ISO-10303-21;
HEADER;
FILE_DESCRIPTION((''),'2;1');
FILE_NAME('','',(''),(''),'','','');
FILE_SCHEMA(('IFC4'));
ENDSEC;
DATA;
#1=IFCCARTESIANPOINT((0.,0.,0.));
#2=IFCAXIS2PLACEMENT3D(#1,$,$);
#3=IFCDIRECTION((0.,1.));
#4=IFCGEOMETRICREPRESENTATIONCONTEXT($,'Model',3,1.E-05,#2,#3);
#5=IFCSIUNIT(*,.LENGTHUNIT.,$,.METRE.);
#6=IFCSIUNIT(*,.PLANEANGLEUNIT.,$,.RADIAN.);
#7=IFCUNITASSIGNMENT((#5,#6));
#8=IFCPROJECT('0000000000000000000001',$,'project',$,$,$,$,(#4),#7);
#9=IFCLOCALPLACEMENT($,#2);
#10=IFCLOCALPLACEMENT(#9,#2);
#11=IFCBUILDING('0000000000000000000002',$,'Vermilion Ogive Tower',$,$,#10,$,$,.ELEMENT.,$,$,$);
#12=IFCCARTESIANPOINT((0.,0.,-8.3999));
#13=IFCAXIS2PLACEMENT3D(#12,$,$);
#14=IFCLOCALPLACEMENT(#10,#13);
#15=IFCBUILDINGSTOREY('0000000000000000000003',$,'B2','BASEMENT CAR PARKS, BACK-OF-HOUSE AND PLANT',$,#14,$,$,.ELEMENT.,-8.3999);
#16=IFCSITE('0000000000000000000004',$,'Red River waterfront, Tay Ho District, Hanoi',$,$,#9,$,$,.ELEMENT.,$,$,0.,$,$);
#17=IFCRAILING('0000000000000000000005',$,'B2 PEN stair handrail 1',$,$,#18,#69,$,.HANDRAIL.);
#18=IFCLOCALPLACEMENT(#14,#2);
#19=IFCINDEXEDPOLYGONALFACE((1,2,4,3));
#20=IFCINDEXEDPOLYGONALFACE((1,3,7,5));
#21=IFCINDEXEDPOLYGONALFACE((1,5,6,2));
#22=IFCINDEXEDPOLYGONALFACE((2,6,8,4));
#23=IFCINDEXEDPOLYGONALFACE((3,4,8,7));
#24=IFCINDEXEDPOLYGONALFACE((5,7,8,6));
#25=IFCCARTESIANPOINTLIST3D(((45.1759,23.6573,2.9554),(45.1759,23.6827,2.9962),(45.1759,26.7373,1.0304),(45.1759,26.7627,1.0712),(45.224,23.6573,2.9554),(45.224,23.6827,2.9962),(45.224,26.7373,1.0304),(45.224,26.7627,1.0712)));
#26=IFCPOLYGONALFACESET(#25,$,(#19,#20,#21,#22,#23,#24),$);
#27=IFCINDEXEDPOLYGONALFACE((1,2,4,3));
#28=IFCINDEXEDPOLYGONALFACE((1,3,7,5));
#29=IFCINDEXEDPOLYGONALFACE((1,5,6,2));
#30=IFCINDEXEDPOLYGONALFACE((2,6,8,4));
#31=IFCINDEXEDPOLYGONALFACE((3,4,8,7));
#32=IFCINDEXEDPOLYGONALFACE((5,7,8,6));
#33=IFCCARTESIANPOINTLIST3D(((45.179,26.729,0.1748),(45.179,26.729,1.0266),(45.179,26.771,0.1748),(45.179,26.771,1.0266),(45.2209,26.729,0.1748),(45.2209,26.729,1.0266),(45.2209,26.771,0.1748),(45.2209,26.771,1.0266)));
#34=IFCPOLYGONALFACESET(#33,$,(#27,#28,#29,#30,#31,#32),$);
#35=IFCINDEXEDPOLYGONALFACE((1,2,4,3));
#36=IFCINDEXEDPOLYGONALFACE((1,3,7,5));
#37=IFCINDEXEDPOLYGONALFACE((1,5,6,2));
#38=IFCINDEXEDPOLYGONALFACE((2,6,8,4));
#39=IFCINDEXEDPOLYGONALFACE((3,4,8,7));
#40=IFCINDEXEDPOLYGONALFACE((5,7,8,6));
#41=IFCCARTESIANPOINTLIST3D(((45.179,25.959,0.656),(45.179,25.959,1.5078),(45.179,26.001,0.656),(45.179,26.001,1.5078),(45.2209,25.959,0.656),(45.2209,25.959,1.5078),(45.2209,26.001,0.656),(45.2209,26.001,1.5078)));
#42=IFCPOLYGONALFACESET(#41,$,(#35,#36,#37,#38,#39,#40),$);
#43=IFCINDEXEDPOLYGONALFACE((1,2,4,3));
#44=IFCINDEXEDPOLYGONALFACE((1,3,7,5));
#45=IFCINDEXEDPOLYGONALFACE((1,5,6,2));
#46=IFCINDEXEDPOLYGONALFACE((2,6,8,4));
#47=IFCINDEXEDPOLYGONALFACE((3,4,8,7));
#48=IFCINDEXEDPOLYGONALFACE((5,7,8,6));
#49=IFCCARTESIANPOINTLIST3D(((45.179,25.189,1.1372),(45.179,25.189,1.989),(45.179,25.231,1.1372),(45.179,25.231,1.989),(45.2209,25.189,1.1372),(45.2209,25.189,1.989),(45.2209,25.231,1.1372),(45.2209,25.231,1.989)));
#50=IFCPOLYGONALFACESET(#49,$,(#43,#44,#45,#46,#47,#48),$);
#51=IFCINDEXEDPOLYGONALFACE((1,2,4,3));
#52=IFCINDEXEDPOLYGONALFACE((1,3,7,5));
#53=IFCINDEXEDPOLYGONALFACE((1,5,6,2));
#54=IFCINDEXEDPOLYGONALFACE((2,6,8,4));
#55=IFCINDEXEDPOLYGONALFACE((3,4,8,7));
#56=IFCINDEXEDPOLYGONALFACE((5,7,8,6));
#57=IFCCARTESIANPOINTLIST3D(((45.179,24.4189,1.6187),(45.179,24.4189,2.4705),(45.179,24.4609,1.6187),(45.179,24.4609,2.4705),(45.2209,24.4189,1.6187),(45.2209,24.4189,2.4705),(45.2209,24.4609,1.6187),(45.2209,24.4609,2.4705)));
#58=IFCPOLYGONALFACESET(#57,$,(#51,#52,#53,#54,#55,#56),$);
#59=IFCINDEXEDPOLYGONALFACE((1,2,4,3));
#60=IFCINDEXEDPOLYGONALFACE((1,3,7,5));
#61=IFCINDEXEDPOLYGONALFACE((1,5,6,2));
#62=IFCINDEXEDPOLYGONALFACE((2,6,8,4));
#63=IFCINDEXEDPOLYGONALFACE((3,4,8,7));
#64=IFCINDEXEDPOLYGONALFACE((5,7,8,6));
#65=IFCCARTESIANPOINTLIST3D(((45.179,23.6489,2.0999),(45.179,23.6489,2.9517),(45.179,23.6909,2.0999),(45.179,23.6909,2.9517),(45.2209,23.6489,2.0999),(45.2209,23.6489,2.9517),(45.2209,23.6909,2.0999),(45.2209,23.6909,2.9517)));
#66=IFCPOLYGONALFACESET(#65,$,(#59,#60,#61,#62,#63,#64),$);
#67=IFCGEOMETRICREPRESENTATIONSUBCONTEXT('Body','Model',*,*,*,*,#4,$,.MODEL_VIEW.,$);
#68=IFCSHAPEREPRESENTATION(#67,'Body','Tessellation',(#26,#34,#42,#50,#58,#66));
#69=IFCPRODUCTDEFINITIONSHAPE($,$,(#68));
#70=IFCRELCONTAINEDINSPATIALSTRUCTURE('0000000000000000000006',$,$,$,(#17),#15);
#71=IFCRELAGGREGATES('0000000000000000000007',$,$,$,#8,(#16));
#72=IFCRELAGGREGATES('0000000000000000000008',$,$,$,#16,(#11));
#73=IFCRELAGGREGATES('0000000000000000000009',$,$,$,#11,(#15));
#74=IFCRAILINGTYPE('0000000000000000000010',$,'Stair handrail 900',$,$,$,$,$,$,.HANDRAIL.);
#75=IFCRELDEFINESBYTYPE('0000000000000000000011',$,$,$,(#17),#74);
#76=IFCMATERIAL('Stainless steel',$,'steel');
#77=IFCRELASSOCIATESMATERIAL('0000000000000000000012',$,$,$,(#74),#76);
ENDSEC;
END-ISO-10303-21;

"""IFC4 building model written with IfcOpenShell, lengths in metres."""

from ifc_helpers import new_model, si_unit, direction, frame, origin, origin_2d, place, context, subcontext, project, spatial, rectangle, extrude, material, type_object, element, save


model = new_model("IFC4")

# Units and contexts
model_context = context("Model", 3, precision=1e-05, world=origin(), true_north=direction((0.0, 1.0)))
body_context = subcontext(model_context, "Body", "Model", "MODEL_VIEW")
ifc_project = project(units=[si_unit("LENGTHUNIT", "METRE"), si_unit("PLANEANGLEUNIT", "RADIAN")], contexts=[model_context])

# Site, building, storey
site_placement = place(None, origin())
site = spatial("IfcSite", under=ifc_project, at=site_placement, Name="Red River waterfront, Tay Ho District, Hanoi", CompositionType="ELEMENT", RefElevation=0.0)
building_placement = place(site_placement, origin())
building = spatial("IfcBuilding", under=site, at=building_placement, Name="Vermilion Ogive Tower", CompositionType="ELEMENT")
storey_placement = place(building_placement, frame((0.0, 0.0, -8.3999)))
storey = spatial("IfcBuildingStorey", under=building, at=storey_placement, Name="B2", Description="BASEMENT CAR PARKS, BACK-OF-HOUSE AND PLANT", CompositionType="ELEMENT", Elevation=-8.3999)

# Railing
ifc_material_1 = material(Name="Stainless steel", Category="steel")
railing_type_1 = type_object("IfcRailingType", Name="Stair handrail 900", PredefinedType="HANDRAIL", material=ifc_material_1)
railing_1_placement = place(storey_placement, frame((45.2, 26.75, 0.1748)))
element("IfcRailing", 1, at=railing_1_placement, inside=storey, type_object=railing_type_1, Name="B2 PEN stair handrail 1", PredefinedType="HANDRAIL", context=body_context, shape_type="SweptSolid", body=[
    extrude(rectangle(XDim=0.0481, YDim=0.0481, at=origin_2d()), frame((0.0, 0.0, 0.876), z_axis=(0.0, -0.847998, 0.529999), x_axis=(1.0, 0.0, 0.0)), (0.0, 0.0, 1.0), 3.6321),
    extrude(rectangle(XDim=0.042, YDim=0.042, at=origin_2d()), origin(), (0.0, 0.0, 1.0), 0.8518),
    extrude(rectangle(XDim=0.042, YDim=0.042, at=origin_2d()), frame((0.0, -0.77, 0.4812)), (0.0, 0.0, 1.0), 0.8518),
    extrude(rectangle(XDim=0.042, YDim=0.042, at=origin_2d()), frame((0.0, -1.54, 0.9624)), (0.0, 0.0, 1.0), 0.8518),
    extrude(rectangle(XDim=0.042, YDim=0.042, at=origin_2d()), frame((0.0, -2.3101, 1.4438)), (0.0, 0.0, 1.0), 0.8518),
    extrude(rectangle(XDim=0.042, YDim=0.042, at=origin_2d()), frame((0.0, -3.0801, 1.925)), (0.0, 0.0, 1.0), 0.8518),
])

save(model, "model.ifc")
